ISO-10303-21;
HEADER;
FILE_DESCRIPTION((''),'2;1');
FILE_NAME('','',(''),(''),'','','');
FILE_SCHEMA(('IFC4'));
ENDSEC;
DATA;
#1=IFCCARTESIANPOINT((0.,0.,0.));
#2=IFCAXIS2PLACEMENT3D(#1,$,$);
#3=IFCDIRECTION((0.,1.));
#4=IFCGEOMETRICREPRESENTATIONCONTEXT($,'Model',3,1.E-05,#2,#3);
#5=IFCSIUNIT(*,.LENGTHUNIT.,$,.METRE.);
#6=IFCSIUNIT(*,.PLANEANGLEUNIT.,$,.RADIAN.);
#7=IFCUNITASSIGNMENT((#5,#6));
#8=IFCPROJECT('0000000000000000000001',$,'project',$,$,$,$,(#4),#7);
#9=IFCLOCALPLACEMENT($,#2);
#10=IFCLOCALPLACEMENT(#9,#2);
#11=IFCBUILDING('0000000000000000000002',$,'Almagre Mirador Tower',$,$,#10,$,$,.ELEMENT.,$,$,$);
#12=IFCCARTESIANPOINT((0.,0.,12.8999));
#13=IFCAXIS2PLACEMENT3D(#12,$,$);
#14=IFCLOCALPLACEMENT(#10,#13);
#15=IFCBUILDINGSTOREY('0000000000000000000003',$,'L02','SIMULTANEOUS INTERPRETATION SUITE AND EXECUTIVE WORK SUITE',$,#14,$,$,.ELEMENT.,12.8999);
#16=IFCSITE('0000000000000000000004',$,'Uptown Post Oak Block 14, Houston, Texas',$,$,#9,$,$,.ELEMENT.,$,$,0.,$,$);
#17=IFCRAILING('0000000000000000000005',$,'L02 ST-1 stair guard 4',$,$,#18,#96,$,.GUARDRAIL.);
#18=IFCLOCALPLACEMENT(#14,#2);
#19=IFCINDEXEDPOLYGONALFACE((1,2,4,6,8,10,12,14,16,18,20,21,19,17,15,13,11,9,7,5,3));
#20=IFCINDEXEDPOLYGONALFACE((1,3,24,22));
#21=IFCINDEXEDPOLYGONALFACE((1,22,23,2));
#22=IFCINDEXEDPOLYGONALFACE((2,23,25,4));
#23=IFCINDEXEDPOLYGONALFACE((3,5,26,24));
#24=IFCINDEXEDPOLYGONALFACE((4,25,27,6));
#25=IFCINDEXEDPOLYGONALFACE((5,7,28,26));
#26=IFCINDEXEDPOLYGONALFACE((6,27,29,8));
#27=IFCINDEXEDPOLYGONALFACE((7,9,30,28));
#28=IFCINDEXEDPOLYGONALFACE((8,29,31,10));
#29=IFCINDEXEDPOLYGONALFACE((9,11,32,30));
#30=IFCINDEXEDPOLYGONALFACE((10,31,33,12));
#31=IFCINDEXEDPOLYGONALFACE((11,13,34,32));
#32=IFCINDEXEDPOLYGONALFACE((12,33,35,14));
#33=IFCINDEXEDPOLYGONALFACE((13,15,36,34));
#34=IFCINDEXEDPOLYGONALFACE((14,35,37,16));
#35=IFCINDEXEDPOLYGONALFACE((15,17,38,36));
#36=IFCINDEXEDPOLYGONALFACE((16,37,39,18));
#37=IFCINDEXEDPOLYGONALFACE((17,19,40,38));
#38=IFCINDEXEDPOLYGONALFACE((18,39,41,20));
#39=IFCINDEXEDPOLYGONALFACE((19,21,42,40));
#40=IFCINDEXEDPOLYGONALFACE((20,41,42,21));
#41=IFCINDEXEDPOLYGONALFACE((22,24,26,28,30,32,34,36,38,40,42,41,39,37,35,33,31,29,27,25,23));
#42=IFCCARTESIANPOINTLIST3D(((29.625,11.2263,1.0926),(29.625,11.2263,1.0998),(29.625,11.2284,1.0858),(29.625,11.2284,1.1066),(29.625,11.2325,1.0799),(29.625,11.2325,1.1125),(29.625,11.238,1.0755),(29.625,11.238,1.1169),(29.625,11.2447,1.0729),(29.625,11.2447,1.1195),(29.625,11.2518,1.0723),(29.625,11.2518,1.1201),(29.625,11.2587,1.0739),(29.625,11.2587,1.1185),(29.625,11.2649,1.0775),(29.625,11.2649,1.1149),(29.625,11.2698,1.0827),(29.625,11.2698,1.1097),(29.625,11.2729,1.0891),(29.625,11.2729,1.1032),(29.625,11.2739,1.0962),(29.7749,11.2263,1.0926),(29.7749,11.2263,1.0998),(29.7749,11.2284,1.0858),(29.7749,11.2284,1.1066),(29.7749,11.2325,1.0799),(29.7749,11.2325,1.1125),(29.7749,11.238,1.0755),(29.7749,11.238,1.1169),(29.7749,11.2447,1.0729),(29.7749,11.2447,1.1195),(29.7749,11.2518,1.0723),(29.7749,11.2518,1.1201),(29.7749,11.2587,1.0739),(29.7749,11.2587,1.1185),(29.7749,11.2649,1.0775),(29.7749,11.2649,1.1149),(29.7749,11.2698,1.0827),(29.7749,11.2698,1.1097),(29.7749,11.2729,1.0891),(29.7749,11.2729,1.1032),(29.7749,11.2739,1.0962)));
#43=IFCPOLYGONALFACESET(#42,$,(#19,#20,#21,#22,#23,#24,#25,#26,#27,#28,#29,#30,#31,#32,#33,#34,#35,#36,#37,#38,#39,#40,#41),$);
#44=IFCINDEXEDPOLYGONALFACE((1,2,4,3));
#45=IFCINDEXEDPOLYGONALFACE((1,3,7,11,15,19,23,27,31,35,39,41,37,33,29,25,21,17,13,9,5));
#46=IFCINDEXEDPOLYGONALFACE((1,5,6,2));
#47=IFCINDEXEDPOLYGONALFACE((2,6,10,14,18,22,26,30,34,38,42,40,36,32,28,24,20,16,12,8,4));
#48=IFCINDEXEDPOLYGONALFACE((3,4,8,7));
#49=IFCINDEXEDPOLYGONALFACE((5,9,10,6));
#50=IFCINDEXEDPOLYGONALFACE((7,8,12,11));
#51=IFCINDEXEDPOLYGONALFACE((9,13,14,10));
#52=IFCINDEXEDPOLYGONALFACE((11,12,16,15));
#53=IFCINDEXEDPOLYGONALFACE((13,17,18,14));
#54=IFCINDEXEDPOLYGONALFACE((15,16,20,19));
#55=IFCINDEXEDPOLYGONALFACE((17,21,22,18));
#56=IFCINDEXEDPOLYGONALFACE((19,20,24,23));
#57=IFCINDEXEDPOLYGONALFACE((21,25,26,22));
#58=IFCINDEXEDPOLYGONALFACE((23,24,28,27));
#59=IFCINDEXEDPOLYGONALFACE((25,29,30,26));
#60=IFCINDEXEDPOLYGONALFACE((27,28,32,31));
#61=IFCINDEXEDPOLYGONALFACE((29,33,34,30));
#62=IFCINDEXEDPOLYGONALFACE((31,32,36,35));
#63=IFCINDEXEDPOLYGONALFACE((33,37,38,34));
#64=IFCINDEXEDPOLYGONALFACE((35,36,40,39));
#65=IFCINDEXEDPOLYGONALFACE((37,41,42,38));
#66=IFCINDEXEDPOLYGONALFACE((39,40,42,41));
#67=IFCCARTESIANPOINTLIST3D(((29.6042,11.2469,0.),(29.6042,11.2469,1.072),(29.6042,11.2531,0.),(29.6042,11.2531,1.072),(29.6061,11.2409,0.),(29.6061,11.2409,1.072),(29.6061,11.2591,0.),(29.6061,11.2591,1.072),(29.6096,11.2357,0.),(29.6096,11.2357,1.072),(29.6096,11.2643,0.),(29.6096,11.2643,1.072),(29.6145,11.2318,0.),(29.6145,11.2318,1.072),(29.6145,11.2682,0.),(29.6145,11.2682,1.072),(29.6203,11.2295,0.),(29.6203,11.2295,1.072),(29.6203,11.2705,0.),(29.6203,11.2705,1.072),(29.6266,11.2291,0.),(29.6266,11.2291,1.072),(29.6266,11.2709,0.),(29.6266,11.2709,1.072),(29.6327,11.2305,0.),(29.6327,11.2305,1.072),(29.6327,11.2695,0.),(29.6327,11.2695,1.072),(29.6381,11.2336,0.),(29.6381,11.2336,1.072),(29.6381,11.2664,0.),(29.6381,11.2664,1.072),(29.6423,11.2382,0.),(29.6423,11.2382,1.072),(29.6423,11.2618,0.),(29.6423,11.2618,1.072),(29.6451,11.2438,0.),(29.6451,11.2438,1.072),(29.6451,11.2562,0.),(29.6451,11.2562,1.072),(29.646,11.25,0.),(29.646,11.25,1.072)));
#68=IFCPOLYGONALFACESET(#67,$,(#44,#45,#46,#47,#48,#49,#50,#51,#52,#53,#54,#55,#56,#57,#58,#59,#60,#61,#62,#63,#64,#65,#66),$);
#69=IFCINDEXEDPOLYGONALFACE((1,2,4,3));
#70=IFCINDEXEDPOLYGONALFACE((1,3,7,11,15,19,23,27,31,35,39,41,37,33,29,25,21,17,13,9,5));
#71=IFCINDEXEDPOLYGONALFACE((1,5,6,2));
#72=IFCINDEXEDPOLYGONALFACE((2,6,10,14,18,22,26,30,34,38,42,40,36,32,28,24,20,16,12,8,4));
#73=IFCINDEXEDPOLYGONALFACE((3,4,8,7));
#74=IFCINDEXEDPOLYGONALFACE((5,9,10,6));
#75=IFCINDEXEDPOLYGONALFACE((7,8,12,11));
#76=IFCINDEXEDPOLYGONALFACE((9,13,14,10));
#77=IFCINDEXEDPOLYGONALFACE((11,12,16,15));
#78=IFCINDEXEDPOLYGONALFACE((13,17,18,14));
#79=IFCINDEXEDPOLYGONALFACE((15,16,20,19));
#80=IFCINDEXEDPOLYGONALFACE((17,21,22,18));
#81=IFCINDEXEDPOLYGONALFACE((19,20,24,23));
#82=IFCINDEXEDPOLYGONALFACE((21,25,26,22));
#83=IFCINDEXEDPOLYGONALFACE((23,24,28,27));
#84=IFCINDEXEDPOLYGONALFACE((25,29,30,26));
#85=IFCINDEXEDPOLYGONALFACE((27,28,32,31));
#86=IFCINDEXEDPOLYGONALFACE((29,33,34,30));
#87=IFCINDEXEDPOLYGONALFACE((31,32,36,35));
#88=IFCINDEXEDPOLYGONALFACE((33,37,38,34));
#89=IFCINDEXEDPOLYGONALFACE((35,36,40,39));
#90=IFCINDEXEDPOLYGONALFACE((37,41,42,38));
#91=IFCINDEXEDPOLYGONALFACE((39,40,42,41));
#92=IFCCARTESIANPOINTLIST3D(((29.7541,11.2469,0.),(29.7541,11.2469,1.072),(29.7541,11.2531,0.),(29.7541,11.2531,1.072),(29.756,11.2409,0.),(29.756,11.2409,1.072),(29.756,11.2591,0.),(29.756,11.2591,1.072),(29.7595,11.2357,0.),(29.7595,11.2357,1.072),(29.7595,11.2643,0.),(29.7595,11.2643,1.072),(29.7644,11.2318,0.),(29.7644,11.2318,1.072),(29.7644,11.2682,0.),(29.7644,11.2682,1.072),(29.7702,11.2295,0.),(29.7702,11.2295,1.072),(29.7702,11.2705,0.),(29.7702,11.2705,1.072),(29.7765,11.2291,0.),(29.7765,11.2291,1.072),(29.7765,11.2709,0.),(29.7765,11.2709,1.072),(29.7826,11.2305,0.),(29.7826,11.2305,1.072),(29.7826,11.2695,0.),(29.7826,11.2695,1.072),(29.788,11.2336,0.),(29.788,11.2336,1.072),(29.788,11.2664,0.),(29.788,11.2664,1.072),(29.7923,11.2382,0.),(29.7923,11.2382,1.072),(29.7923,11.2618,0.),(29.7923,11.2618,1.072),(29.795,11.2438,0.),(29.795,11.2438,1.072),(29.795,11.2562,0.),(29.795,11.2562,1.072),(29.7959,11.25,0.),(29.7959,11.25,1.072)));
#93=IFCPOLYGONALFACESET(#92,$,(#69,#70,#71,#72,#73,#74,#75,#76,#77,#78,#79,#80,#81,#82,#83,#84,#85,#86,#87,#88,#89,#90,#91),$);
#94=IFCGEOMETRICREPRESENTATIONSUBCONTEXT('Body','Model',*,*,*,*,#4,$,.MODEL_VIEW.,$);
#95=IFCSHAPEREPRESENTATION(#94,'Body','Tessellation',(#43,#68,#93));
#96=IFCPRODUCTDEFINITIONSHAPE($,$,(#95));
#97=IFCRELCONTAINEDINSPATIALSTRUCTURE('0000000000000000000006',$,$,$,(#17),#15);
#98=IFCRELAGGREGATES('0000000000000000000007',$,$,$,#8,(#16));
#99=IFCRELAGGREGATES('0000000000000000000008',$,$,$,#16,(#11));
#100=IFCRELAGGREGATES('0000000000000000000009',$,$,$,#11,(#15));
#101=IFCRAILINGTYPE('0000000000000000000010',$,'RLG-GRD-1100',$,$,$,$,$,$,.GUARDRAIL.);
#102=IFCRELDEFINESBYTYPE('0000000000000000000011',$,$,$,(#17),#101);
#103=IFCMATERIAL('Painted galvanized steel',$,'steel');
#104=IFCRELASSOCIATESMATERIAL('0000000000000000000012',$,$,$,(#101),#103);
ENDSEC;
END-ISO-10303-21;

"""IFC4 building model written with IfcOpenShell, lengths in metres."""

from ifc_helpers import new_model, si_unit, direction, frame, origin, origin_2d, place, context, subcontext, project, spatial, circle, extrude, material, type_object, element, save


model = new_model("IFC4")

# Units and contexts
model_context = context("Model", 3, precision=1e-05, world=origin(), true_north=direction((0.0, 1.0)))
body_context = subcontext(model_context, "Body", "Model", "MODEL_VIEW")
ifc_project = project(units=[si_unit("LENGTHUNIT", "METRE"), si_unit("PLANEANGLEUNIT", "RADIAN")], contexts=[model_context])

# Site, building, storey
site_placement = place(None, origin())
site = spatial("IfcSite", under=ifc_project, at=site_placement, Name="Uptown Post Oak Block 14, Houston, Texas", CompositionType="ELEMENT", RefElevation=0.0)
building_placement = place(site_placement, origin())
building = spatial("IfcBuilding", under=site, at=building_placement, Name="Almagre Mirador Tower", CompositionType="ELEMENT")
storey_placement = place(building_placement, frame((0.0, 0.0, 12.8999)))
storey = spatial("IfcBuildingStorey", under=building, at=storey_placement, Name="L02", Description="SIMULTANEOUS INTERPRETATION SUITE AND EXECUTIVE WORK SUITE", CompositionType="ELEMENT", Elevation=12.8999)

# Railing
ifc_material_1 = material(Name="Painted galvanized steel", Category="steel")
railing_type_1 = type_object("IfcRailingType", Name="RLG-GRD-1100", PredefinedType="GUARDRAIL", material=ifc_material_1)
railing_1_placement = place(storey_placement, frame((29.625, 11.25, 0.0)))
element("IfcRailing", 1, at=railing_1_placement, inside=storey, type_object=railing_type_1, Name="L02 ST-1 stair guard 4", PredefinedType="GUARDRAIL", context=body_context, shape_type="SweptSolid", body=[
    extrude(circle(Radius=0.0239, at=origin_2d()), frame((0.0, 0.0, 1.0962), z_axis=(1.0, 0.0, 0.0), x_axis=(0.0, 1.0, 0.0)), (0.0, 0.0, 1.0), 0.1499),
    extrude(circle(Radius=0.021, at=origin_2d()), origin(), (0.0, 0.0, 1.0), 1.072),
    extrude(circle(Radius=0.021, at=origin_2d()), frame((0.1499, 0.0, 0.0)), (0.0, 0.0, 1.0), 1.072),
])

save(model, "model.ifc")
